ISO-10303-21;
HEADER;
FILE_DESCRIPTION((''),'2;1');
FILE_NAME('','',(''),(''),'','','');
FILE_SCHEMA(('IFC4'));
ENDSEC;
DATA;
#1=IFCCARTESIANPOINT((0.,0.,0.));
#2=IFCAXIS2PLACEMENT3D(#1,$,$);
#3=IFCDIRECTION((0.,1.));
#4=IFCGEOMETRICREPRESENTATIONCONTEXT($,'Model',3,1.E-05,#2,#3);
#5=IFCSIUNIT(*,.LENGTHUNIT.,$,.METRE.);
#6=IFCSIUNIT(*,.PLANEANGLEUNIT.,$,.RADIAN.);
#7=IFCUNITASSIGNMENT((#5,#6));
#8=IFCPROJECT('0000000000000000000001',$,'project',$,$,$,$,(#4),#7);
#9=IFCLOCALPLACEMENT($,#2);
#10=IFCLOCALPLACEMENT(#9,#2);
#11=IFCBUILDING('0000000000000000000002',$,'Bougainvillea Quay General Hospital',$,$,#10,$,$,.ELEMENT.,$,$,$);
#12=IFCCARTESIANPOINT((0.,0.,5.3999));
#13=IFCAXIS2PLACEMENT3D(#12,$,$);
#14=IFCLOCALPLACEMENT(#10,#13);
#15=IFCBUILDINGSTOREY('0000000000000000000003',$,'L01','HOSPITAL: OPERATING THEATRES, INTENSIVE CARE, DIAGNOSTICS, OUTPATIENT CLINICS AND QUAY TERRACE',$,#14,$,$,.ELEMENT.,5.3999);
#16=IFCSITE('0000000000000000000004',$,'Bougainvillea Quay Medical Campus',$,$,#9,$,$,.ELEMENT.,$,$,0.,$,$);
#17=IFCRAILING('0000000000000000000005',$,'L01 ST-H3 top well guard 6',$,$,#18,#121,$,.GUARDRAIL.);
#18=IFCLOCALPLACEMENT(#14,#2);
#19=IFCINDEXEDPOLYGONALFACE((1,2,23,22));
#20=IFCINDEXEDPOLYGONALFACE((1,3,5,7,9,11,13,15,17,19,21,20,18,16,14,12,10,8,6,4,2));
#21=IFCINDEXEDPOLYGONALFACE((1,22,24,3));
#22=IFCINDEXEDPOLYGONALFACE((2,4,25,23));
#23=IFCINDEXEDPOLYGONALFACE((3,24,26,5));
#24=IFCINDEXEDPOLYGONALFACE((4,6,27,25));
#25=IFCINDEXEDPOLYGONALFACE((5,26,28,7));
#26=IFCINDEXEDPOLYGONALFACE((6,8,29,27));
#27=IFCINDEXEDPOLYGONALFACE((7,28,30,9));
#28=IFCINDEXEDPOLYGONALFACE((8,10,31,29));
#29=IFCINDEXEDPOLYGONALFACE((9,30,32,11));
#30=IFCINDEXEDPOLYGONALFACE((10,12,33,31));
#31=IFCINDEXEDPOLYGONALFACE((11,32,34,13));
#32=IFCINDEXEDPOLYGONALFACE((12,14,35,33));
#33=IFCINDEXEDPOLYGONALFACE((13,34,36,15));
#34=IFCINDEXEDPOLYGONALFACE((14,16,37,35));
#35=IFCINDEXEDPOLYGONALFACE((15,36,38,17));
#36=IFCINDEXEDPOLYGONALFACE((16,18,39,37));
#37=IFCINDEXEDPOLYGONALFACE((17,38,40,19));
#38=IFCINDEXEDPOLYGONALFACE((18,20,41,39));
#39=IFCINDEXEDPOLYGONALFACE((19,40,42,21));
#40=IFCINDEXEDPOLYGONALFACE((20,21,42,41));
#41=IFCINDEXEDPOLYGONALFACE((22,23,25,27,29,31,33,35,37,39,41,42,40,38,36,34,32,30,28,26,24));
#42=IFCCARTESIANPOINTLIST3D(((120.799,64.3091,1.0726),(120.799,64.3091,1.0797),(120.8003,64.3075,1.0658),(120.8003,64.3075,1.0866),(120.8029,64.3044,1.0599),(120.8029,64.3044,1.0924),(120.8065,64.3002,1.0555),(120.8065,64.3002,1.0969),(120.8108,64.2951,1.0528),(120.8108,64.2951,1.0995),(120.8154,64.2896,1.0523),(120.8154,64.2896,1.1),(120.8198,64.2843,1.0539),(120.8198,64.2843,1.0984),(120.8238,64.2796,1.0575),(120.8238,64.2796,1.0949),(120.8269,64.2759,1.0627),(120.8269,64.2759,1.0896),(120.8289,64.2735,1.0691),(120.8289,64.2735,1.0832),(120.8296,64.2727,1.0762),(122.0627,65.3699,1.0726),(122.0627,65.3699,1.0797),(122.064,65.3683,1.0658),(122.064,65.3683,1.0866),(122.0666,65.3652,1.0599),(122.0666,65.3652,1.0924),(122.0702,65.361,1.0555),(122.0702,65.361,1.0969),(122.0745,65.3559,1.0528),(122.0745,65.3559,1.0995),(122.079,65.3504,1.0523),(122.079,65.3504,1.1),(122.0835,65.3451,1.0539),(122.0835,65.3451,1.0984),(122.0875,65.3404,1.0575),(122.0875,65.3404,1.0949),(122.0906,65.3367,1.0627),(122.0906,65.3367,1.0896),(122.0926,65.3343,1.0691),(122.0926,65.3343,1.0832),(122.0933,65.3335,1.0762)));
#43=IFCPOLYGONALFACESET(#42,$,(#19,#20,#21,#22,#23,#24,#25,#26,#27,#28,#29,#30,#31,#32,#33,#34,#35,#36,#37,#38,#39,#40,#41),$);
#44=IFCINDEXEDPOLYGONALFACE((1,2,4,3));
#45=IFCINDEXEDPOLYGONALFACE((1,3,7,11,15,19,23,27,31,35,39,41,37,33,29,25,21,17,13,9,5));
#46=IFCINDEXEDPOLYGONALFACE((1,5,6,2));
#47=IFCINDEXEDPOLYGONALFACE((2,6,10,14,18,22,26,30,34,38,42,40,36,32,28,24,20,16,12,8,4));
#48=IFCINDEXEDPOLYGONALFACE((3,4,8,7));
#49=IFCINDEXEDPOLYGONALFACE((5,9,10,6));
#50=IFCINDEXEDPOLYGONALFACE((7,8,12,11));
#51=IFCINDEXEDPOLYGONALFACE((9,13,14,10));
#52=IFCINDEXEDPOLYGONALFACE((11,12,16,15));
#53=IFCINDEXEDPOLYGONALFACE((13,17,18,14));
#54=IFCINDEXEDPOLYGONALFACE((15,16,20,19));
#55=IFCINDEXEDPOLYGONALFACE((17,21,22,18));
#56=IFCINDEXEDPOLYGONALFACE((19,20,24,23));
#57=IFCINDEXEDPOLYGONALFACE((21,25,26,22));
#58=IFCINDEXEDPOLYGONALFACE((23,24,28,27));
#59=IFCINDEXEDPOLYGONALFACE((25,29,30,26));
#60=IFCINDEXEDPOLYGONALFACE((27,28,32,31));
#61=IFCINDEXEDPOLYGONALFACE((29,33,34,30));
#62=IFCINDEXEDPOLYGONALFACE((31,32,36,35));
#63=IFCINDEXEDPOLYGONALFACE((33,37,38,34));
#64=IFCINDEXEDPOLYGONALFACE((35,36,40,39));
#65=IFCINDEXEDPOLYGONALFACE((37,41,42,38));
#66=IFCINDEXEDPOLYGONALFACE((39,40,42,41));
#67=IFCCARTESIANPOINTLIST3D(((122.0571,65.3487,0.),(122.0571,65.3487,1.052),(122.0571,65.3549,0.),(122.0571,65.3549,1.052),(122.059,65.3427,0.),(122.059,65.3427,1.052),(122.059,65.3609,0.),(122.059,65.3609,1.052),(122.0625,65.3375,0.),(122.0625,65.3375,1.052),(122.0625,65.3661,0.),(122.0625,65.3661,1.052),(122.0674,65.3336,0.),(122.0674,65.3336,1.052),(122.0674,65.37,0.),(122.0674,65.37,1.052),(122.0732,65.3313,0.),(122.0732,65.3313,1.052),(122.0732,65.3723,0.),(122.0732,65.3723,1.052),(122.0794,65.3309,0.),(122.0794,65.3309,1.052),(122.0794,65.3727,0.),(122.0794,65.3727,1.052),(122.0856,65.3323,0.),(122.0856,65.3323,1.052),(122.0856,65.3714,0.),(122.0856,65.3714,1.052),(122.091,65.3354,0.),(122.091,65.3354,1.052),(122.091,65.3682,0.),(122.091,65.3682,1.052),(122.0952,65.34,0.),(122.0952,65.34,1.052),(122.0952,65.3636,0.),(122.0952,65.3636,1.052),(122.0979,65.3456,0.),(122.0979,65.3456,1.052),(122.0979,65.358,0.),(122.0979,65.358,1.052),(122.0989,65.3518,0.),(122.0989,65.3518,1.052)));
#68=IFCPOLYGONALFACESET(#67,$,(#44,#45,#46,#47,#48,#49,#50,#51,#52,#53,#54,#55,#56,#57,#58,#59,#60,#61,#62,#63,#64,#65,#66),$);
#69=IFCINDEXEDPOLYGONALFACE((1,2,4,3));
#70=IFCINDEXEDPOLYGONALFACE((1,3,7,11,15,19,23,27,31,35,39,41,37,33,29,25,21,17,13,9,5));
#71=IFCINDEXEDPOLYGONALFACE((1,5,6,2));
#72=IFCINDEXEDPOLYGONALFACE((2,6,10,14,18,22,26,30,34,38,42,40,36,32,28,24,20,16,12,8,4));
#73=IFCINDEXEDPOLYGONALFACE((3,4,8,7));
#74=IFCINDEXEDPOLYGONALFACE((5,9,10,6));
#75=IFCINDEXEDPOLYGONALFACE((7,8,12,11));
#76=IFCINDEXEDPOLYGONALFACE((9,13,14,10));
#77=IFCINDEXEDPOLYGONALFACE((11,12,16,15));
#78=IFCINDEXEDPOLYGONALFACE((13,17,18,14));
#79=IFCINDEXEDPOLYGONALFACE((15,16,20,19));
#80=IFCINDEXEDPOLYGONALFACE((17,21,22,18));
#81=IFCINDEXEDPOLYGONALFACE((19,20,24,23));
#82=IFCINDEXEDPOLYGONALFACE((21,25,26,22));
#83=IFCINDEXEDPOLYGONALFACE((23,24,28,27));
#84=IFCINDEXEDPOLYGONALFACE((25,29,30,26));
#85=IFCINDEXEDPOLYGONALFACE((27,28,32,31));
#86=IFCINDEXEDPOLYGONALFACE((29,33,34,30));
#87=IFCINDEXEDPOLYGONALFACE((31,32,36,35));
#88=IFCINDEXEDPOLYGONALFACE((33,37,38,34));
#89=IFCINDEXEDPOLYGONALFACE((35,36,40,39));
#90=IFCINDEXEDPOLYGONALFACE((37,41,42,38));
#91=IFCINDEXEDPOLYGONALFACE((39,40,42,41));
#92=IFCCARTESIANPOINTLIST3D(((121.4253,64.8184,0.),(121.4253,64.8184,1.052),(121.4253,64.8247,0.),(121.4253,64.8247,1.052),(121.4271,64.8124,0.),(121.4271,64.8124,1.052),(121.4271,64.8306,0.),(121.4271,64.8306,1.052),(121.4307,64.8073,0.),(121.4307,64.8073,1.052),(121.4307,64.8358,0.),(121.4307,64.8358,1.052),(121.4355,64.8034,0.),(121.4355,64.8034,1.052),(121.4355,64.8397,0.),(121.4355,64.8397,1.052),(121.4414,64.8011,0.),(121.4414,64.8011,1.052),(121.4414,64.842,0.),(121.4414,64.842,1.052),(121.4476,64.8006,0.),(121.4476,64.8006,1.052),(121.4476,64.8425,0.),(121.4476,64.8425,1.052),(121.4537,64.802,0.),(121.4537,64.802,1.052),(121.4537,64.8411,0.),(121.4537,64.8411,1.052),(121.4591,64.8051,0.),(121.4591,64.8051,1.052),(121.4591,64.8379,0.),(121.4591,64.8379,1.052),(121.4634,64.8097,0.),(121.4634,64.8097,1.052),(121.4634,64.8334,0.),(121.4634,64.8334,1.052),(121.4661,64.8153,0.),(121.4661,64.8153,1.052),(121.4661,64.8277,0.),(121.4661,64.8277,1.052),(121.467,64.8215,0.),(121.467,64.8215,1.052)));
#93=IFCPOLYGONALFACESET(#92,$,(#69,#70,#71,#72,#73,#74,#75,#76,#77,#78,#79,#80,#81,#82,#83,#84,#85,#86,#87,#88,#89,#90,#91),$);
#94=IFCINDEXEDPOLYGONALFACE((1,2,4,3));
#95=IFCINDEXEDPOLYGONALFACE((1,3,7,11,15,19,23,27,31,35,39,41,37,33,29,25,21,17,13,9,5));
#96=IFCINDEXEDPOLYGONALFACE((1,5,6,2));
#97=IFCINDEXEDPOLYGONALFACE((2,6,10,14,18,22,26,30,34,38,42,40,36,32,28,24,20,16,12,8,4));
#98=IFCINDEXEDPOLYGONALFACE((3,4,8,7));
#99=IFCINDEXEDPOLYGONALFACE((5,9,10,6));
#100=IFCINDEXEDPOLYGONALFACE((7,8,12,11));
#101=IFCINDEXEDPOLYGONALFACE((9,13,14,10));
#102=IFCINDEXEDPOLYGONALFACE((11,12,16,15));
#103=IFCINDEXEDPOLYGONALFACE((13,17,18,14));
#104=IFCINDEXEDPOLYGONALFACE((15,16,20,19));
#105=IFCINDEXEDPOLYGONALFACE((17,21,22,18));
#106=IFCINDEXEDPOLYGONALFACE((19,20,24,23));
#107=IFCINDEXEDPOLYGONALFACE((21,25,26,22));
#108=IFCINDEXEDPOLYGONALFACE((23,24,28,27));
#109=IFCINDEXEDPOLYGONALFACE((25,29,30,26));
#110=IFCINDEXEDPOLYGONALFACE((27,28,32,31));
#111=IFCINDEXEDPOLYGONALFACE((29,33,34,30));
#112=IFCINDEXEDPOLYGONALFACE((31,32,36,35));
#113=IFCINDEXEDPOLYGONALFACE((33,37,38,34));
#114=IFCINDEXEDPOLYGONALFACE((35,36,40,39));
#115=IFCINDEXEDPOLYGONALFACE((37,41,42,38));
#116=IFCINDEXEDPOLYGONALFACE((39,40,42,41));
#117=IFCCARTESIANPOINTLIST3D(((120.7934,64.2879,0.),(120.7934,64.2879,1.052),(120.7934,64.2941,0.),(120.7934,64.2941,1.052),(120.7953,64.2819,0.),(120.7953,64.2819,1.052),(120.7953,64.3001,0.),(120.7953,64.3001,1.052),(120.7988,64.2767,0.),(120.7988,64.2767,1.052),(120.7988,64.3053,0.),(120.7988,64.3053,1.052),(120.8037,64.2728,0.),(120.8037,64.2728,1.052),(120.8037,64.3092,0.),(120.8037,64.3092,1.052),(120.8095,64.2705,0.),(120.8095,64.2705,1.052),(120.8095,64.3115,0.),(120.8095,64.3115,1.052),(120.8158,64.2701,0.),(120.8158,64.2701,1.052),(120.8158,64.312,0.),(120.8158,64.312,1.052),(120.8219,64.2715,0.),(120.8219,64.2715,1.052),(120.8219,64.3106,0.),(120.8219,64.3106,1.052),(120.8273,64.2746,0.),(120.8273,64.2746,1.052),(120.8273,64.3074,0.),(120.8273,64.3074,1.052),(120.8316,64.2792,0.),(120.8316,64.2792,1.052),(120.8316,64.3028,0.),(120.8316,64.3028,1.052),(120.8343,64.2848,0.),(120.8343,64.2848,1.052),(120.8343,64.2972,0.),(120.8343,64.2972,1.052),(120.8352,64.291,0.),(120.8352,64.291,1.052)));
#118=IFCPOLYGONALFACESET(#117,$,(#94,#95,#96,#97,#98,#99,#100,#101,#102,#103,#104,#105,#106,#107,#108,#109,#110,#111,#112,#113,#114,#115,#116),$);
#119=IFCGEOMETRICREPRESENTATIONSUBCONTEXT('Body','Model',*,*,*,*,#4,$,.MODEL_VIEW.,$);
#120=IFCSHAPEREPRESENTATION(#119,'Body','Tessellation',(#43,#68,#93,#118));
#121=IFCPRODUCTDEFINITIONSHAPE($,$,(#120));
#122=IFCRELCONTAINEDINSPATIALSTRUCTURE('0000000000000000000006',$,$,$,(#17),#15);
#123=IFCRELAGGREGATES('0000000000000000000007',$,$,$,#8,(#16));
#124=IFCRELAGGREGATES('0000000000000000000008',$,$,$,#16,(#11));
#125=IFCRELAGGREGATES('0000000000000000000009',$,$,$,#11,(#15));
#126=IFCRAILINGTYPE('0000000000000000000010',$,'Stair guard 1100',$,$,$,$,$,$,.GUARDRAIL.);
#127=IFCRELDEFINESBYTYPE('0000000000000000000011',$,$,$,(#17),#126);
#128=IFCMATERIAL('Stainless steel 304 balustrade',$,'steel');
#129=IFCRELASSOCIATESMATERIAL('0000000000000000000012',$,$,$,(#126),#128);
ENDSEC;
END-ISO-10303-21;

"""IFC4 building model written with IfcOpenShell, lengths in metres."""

from ifc_helpers import new_model, si_unit, direction, frame, origin, origin_2d, place, context, subcontext, project, spatial, circle, extrude, material, type_object, element, save


model = new_model("IFC4")

# Units and contexts
model_context = context("Model", 3, precision=1e-05, world=origin(), true_north=direction((0.0, 1.0)))
body_context = subcontext(model_context, "Body", "Model", "MODEL_VIEW")
ifc_project = project(units=[si_unit("LENGTHUNIT", "METRE"), si_unit("PLANEANGLEUNIT", "RADIAN")], contexts=[model_context])

# Site, building, storey
site_placement = place(None, origin())
site = spatial("IfcSite", under=ifc_project, at=site_placement, Name="Bougainvillea Quay Medical Campus", CompositionType="ELEMENT", RefElevation=0.0)
building_placement = place(site_placement, origin())
building = spatial("IfcBuilding", under=site, at=building_placement, Name="Bougainvillea Quay General Hospital", CompositionType="ELEMENT")
storey_placement = place(building_placement, frame((0.0, 0.0, 5.3999)))
storey = spatial("IfcBuildingStorey", under=building, at=storey_placement, Name="L01", Description="HOSPITAL: OPERATING THEATRES, INTENSIVE CARE, DIAGNOSTICS, OUTPATIENT CLINICS AND QUAY TERRACE", CompositionType="ELEMENT", Elevation=5.3999)

# Railing
ifc_material_1 = material(Name="Stainless steel 304 balustrade", Category="steel")
railing_type = type_object("IfcRailingType", Name="Stair guard 1100", PredefinedType="GUARDRAIL", material=ifc_material_1)
railing_1_placement = place(storey_placement, frame((122.0779, 65.3518, 0.0)))
element("IfcRailing", 1, at=railing_1_placement, inside=storey, type_object=railing_type, Name="L01 ST-H3 top well guard 6", PredefinedType="GUARDRAIL", context=body_context, shape_type="SweptSolid", body=[
    extrude(circle(Radius=0.0239, at=origin_2d()), frame((0.0, 0.0, 1.0762), z_axis=(-0.765912, -0.642946, 0.0), x_axis=(0.642946, -0.765912, 0.0)), (0.0, 0.0, 1.0), 1.6499),
    extrude(circle(Radius=0.021, at=origin_2d()), origin(), (0.0, 0.0, 1.0), 1.052),
    extrude(circle(Radius=0.021, at=origin_2d()), frame((-0.6318, -0.5303, 0.0)), (0.0, 0.0, 1.0), 1.052),
    extrude(circle(Radius=0.021, at=origin_2d()), frame((-1.2637, -1.0608, 0.0)), (0.0, 0.0, 1.0), 1.052),
])

save(model, "model.ifc")
